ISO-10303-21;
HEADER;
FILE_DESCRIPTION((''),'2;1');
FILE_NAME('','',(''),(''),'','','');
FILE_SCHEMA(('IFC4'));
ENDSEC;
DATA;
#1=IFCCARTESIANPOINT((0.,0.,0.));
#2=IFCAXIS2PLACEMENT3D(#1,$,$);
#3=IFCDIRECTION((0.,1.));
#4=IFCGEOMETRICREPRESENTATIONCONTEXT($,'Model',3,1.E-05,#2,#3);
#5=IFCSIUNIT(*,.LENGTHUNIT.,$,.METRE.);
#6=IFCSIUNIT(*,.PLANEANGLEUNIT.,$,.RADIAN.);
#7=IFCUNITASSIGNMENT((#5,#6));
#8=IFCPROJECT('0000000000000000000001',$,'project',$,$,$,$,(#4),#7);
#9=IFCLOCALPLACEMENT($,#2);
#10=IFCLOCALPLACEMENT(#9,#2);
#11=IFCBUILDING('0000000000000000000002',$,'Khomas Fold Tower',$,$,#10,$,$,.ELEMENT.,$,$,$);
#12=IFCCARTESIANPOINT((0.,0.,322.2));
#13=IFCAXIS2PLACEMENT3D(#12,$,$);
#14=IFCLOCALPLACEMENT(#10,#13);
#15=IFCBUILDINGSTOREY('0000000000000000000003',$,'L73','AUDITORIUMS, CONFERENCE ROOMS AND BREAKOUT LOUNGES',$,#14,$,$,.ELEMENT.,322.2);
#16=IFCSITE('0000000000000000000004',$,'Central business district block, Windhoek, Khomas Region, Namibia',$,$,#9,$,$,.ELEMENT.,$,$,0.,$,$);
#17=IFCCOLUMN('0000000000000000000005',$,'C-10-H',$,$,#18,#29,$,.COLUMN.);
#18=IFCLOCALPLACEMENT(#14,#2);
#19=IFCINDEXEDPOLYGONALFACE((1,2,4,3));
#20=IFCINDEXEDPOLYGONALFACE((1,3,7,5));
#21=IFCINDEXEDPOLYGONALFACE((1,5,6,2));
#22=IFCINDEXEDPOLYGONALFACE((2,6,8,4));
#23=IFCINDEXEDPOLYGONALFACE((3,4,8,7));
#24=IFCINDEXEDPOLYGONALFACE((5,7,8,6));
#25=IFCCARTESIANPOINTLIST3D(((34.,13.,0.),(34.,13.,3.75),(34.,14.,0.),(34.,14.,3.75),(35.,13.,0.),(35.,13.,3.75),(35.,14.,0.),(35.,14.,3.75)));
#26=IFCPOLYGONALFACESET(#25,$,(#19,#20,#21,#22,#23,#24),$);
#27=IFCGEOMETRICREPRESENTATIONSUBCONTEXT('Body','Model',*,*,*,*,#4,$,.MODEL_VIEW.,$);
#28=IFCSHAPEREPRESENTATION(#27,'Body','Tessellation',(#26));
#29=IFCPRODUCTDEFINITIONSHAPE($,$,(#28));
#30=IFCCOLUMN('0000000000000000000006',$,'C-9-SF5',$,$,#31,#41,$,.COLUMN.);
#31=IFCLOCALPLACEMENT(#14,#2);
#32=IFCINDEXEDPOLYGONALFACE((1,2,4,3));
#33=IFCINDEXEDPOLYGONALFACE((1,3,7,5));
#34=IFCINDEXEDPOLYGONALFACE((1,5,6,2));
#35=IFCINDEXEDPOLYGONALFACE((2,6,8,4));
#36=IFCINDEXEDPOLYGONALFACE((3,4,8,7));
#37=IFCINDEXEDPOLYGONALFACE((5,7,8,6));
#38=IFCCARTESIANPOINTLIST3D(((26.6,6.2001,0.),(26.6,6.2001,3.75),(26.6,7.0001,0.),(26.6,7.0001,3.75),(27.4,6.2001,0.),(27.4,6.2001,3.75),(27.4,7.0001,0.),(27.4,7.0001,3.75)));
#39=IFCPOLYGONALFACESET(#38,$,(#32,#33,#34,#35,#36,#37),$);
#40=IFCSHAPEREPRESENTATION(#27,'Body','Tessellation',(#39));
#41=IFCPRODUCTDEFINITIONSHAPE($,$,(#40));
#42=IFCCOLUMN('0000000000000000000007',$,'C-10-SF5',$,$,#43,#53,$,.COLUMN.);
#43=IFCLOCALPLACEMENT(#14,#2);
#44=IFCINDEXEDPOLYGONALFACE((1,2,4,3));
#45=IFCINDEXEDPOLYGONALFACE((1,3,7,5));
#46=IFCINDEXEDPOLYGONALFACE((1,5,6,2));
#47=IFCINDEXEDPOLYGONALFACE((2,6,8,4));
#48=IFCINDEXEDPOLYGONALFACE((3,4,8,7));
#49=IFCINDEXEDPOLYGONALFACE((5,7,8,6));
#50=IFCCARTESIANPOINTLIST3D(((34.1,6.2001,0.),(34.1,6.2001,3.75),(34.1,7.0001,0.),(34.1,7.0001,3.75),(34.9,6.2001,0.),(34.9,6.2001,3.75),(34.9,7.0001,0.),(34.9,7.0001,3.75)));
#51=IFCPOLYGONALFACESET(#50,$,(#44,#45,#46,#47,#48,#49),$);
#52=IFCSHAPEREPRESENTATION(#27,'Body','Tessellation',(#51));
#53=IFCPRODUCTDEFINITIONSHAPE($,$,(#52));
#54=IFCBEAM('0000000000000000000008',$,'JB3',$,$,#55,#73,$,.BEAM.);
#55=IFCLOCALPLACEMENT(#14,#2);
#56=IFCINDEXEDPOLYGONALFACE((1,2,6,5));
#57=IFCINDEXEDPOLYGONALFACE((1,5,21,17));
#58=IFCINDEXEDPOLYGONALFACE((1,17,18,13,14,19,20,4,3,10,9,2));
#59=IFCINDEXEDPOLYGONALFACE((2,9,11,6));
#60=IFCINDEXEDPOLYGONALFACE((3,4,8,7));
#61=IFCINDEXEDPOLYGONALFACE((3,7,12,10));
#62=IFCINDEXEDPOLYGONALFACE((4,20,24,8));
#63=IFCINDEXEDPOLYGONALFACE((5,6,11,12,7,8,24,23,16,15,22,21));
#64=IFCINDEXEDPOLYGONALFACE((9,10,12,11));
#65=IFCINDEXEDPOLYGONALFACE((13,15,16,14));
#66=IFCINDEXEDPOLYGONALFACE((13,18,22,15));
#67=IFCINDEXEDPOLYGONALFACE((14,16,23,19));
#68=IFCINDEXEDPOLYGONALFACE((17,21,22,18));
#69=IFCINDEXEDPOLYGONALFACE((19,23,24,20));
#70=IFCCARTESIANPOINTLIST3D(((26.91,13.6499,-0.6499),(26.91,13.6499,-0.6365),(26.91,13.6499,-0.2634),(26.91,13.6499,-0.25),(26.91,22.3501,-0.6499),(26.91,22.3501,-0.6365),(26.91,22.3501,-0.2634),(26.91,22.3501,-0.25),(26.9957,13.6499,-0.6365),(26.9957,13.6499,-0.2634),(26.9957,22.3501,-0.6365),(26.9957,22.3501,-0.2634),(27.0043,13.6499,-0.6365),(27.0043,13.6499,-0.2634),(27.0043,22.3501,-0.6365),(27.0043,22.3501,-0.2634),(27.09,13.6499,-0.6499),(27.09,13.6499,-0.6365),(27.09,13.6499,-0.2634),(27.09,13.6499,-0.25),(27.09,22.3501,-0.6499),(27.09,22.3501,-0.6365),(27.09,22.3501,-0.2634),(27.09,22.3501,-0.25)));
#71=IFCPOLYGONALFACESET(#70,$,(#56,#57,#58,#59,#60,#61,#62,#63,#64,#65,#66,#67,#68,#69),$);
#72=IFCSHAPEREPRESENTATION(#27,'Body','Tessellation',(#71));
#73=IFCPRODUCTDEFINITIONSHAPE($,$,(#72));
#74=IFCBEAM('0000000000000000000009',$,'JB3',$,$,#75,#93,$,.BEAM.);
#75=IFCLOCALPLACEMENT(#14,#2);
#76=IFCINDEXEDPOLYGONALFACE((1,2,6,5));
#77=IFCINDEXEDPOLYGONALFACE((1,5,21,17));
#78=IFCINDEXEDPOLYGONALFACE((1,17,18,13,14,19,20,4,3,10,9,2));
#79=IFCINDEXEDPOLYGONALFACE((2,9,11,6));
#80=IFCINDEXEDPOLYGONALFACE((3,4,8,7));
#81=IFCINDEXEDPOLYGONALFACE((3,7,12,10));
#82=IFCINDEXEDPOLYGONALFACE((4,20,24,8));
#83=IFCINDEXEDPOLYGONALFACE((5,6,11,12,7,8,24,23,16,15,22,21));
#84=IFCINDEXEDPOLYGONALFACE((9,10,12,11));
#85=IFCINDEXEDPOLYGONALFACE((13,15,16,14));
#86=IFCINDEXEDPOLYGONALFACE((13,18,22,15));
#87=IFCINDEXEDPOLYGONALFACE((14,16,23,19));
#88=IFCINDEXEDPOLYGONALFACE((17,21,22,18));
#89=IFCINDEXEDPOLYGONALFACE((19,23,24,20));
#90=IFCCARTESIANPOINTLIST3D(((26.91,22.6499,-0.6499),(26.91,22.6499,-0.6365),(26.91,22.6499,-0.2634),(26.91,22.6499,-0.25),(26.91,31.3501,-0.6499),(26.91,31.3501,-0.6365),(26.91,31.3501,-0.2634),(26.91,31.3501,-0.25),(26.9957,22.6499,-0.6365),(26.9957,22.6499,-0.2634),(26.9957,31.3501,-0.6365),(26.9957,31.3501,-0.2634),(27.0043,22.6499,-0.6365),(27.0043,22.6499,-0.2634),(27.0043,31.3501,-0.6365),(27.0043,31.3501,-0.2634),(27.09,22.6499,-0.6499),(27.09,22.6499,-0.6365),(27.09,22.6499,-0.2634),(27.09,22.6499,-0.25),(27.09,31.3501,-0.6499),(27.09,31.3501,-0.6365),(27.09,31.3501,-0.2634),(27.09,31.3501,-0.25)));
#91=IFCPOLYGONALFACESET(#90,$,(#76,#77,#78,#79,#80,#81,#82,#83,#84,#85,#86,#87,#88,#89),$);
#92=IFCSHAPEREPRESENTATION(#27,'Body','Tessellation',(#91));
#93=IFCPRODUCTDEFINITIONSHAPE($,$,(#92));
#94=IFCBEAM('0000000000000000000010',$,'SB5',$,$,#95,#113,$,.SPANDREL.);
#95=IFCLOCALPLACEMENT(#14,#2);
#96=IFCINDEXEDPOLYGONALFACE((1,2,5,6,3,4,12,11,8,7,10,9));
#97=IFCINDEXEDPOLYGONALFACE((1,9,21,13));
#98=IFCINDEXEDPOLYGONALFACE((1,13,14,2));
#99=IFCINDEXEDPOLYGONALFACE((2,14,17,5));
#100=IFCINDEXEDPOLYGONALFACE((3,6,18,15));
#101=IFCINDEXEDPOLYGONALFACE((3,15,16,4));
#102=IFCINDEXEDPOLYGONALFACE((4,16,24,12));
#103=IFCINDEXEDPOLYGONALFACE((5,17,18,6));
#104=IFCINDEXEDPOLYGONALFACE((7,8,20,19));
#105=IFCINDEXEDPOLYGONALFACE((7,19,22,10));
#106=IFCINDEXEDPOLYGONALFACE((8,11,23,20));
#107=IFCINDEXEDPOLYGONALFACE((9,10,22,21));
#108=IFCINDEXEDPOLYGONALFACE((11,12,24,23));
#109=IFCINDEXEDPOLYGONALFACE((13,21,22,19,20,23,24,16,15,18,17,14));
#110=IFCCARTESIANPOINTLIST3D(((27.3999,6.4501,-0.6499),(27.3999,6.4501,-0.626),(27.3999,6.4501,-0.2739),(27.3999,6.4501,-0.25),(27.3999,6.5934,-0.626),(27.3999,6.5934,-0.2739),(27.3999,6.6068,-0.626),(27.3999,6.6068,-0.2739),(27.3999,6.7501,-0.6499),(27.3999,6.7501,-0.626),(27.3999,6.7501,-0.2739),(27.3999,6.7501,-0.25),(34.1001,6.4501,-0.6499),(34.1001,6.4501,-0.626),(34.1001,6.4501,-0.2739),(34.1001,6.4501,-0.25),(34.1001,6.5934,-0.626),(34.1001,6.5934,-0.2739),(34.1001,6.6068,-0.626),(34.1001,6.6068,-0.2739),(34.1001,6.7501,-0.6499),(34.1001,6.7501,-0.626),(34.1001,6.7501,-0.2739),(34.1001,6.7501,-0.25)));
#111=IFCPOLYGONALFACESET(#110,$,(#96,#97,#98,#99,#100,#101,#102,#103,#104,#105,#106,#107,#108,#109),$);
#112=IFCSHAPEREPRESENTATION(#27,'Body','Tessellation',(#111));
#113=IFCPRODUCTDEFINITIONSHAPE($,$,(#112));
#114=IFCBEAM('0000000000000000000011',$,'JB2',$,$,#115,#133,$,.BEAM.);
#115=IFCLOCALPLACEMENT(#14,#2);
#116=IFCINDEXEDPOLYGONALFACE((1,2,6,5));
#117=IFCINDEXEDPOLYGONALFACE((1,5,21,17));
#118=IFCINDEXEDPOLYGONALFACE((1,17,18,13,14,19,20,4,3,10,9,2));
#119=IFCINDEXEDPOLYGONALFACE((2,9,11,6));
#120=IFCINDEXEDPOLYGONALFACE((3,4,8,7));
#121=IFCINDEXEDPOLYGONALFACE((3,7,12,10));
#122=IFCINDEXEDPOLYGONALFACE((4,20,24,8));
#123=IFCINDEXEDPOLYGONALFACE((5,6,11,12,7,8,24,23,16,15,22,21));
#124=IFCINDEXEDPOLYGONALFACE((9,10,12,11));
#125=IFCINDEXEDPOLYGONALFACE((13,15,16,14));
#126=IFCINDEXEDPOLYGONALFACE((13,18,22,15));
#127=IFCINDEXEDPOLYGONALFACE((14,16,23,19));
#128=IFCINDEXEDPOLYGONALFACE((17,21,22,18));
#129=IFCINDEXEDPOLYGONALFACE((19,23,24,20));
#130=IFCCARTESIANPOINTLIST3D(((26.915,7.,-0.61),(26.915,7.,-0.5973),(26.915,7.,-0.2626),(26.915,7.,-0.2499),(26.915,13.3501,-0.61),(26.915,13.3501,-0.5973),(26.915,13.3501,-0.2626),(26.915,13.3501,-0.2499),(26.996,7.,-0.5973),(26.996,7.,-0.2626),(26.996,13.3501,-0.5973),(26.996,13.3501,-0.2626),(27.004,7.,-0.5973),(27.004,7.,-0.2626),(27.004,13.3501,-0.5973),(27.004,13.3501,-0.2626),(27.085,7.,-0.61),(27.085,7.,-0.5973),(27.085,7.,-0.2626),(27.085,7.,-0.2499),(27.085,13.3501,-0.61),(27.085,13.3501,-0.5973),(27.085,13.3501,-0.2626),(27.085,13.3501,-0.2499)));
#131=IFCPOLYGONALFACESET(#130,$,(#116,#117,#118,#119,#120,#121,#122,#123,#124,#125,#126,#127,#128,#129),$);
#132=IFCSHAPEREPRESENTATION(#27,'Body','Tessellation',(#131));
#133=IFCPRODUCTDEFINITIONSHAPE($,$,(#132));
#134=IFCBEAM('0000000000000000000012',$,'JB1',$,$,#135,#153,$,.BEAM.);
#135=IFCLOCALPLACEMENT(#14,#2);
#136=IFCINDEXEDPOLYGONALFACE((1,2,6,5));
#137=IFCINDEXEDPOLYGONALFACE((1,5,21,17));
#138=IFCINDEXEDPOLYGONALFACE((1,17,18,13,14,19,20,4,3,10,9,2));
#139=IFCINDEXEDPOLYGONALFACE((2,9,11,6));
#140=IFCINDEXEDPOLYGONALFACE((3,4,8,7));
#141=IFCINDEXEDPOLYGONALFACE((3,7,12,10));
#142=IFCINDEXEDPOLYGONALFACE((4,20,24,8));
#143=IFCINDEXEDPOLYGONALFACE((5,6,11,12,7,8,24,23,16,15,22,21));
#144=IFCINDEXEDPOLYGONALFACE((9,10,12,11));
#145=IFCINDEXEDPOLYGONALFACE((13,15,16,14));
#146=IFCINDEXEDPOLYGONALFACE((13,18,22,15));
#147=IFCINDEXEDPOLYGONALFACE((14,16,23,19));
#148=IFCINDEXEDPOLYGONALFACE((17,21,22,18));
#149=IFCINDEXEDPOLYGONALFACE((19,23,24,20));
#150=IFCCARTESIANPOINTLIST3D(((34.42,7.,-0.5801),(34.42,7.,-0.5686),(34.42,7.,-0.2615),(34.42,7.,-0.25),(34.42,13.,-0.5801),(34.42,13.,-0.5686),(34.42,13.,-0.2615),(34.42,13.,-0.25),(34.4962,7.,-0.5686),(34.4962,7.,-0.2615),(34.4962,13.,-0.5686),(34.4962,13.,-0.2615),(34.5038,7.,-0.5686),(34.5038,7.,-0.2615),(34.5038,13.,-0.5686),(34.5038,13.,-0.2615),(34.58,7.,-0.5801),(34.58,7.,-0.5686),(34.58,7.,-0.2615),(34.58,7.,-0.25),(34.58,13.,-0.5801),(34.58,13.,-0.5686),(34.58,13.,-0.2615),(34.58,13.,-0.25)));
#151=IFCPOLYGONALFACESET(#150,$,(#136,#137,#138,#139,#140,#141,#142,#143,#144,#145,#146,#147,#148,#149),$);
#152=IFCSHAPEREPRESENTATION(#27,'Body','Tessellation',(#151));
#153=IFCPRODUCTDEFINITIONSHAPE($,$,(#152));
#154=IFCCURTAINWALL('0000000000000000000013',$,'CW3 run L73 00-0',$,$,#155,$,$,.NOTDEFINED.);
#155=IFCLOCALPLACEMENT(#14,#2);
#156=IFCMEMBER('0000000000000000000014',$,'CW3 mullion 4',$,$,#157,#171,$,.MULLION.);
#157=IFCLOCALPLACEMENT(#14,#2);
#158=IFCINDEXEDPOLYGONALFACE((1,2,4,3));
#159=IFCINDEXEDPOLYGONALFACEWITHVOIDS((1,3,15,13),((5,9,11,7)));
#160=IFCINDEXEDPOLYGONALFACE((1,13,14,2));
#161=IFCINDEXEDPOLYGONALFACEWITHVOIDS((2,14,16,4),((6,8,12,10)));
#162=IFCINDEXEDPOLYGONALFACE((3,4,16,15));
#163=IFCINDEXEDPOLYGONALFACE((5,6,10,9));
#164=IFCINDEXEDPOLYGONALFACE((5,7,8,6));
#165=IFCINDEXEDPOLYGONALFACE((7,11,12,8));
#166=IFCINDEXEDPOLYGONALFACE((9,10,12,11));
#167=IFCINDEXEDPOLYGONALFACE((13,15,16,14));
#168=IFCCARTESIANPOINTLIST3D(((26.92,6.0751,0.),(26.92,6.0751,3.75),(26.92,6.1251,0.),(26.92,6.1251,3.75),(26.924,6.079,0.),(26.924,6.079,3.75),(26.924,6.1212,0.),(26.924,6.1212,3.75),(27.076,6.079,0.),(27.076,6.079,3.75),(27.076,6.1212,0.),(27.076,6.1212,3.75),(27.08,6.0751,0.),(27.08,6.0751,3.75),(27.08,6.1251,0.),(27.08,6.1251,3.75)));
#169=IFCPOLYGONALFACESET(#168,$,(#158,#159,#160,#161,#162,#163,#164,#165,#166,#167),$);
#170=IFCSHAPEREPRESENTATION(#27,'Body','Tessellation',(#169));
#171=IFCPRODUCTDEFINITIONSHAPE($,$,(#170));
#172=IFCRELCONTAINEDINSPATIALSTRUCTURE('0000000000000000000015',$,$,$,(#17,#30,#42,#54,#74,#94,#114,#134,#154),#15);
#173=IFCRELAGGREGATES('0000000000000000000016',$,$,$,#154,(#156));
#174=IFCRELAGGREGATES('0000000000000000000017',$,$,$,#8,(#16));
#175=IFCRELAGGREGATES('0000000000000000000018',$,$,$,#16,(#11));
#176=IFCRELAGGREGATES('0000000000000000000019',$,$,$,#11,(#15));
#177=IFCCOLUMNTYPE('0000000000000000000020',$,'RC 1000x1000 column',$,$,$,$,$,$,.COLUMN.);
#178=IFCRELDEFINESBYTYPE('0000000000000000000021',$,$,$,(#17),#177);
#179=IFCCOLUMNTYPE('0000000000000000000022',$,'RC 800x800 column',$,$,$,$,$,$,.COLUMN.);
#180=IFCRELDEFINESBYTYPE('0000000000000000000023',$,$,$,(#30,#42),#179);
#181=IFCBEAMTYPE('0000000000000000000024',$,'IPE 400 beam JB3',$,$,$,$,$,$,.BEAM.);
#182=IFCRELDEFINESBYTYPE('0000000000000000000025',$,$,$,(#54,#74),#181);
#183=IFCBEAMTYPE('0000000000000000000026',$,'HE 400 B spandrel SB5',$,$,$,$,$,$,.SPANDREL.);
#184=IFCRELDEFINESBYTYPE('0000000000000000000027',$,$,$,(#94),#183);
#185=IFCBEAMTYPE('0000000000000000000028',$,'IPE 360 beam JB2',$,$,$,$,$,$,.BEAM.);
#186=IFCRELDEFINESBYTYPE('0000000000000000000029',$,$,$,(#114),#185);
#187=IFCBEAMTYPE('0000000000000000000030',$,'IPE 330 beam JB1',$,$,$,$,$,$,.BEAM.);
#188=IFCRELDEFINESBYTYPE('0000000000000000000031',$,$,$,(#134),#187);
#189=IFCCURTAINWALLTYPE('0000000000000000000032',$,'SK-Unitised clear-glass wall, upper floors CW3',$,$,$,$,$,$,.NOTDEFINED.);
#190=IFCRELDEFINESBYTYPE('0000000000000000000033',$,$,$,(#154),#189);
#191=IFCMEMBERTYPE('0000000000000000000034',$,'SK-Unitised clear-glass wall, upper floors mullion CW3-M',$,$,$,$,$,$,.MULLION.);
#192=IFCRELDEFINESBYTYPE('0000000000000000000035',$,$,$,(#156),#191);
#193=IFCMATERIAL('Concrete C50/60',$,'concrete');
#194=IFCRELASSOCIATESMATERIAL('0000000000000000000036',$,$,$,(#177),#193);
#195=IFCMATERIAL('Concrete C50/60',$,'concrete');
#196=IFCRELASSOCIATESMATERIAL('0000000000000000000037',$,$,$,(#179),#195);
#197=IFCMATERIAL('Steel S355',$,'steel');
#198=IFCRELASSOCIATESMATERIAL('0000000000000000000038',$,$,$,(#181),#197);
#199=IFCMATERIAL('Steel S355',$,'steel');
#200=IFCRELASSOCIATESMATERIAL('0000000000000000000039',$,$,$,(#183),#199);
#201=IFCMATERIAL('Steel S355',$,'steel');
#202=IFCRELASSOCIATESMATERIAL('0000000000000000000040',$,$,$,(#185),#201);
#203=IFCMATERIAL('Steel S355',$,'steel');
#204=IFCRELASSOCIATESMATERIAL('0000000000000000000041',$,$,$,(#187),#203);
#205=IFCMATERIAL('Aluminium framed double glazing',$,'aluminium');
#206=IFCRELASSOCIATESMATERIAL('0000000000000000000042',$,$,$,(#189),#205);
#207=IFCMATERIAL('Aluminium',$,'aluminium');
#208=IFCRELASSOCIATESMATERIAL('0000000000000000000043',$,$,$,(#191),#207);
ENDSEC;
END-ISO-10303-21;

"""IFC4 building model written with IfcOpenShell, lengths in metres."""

from ifc_helpers import new_model, si_unit, direction, frame, origin, origin_2d, place, context, subcontext, project, spatial, rectangle, hollow_rectangle, i_section, extrude, source, transform, mapped, material, material_profile, profile_set, type_object, element, aggregate, save


model = new_model("IFC4")

# Units and contexts
model_context = context("Model", 3, precision=1e-05, world=origin(), true_north=direction((0.0, 1.0)))
body_context = subcontext(model_context, "Body", "Model", "MODEL_VIEW")
ifc_project = project(units=[si_unit("LENGTHUNIT", "METRE"), si_unit("PLANEANGLEUNIT", "RADIAN")], contexts=[model_context])

# Site, building, storey
site_placement = place(None, origin())
site = spatial("IfcSite", under=ifc_project, at=site_placement, Name="Central business district block, Windhoek, Khomas Region, Namibia", CompositionType="ELEMENT", RefElevation=0.0)
building_placement = place(site_placement, origin())
building = spatial("IfcBuilding", under=site, at=building_placement, Name="Khomas Fold Tower", CompositionType="ELEMENT")
storey_placement = place(building_placement, frame((0.0, 0.0, 322.2)))
storey = spatial("IfcBuildingStorey", under=building, at=storey_placement, Name="L73", Description="AUDITORIUMS, CONFERENCE ROOMS AND BREAKOUT LOUNGES", CompositionType="ELEMENT", Elevation=322.2)

# Columns
ifc_material_1 = material(Name="Concrete C50/60", Category="concrete")
ifc_material_profile_1 = material_profile(ifc_material_1, rectangle(XDim=1.0, YDim=1.0, at=origin_2d()), Name="RC 1000x1000")
ifc_profile_set_1 = profile_set([ifc_material_profile_1], Name="Concrete C50/60")
column_type_1 = type_object("IfcColumnType", Name="RC 1000x1000 column", PredefinedType="COLUMN", material=ifc_profile_set_1)
shared_shape_1 = source(origin(), body_context, "Body", "SweptSolid", [
    extrude(rectangle(XDim=1.0, YDim=1.0, at=origin_2d()), origin(), (0.0, 0.0, 1.0), 3.75),
])
column_placement = place(storey_placement, frame((34.5, 13.5, 0.0), z_axis=(0.0, 0.0, 1.0), x_axis=(1.0, 0.0, 0.0)))
element("IfcColumn", 1, at=column_placement, inside=storey, type_object=column_type_1, Name="C-10-H", PredefinedType="COLUMN", context=body_context, shape_type="MappedRepresentation", body=[
    mapped(shared_shape_1, transform((0.0, 0.0, 0.0))),
])
ifc_material_2 = material(Name="Concrete C50/60", Category="concrete")
ifc_material_profile_2 = material_profile(ifc_material_2, rectangle(XDim=0.8, YDim=0.8, at=origin_2d()), Name="RC 800x800")
ifc_profile_set_2 = profile_set([ifc_material_profile_2], Name="Concrete C50/60")
column_type_2 = type_object("IfcColumnType", Name="RC 800x800 column", PredefinedType="COLUMN", material=ifc_profile_set_2)
shared_shape_2 = source(origin(), body_context, "Body", "SweptSolid", [
    extrude(rectangle(XDim=0.8, YDim=0.8, at=origin_2d()), origin(), (0.0, 0.0, 1.0), 3.75),
])
for number, where, z_axis, x_axis, name in (
    (2, (27.0, 6.6001, 0.0), (0.0, 0.0, 1.0), (1.0, 0.0, 0.0), "C-9-SF5"),
    (3, (34.5, 6.6001, 0.0), (0.0, 0.0, 1.0), (1.0, 0.0, 0.0), "C-10-SF5"),
):
    element("IfcColumn", number, at=place(storey_placement, frame(where, z_axis=z_axis, x_axis=x_axis)), inside=storey, type_object=column_type_2, Name=name, PredefinedType="COLUMN", context=body_context, shape_type="MappedRepresentation", body=[
        mapped(shared_shape_2, transform((0.0, 0.0, 0.0))),
    ])

# Beams
ifc_material_3 = material(Name="Steel S355", Category="steel")
ifc_material_profile_3 = material_profile(ifc_material_3, i_section(OverallWidth=0.1799, OverallDepth=0.3999, WebThickness=0.0085, FlangeThickness=0.0134, at=origin_2d()), Name="IPE 400")
ifc_profile_set_3 = profile_set([ifc_material_profile_3], Name="Steel S355")
beam_type_1 = type_object("IfcBeamType", Name="IPE 400 beam JB3", PredefinedType="BEAM", material=ifc_profile_set_3)
shared_shape_3 = source(origin(), body_context, "Body", "SweptSolid", [
    extrude(i_section(OverallWidth=0.1799, OverallDepth=0.3999, WebThickness=0.0085, FlangeThickness=0.0134, at=origin_2d()), origin(), (0.0, 0.0, 1.0), 8.7002),
])
for number, where, z_axis, x_axis, name in (
    (4, (27.0, 13.6499, -0.45), (0.0, 1.0, 0.0), (-1.0, 0.0, 0.0), "JB3"),
    (5, (27.0, 22.6499, -0.45), (0.0, 1.0, 0.0), (-1.0, 0.0, 0.0), "JB3"),
):
    element("IfcBeam", number, at=place(storey_placement, frame(where, z_axis=z_axis, x_axis=x_axis)), inside=storey, type_object=beam_type_1, Name=name, PredefinedType="BEAM", context=body_context, shape_type="MappedRepresentation", body=[
        mapped(shared_shape_3, transform((0.0, 0.0, 0.0))),
    ])
ifc_material_4 = material(Name="Steel S355", Category="steel")
ifc_material_profile_4 = material_profile(ifc_material_4, i_section(OverallWidth=0.3, OverallDepth=0.3999, WebThickness=0.0134, FlangeThickness=0.0239, at=origin_2d()), Name="HE 400 B")
ifc_profile_set_4 = profile_set([ifc_material_profile_4], Name="Steel S355")
beam_type_2 = type_object("IfcBeamType", Name="HE 400 B spandrel SB5", PredefinedType="SPANDREL", material=ifc_profile_set_4)
shared_shape_4 = source(origin(), body_context, "Body", "SweptSolid", [
    extrude(i_section(OverallWidth=0.3, OverallDepth=0.3999, WebThickness=0.0134, FlangeThickness=0.0239, at=origin_2d()), origin(), (0.0, 0.0, 1.0), 6.7002),
])
beam_1_placement = place(storey_placement, frame((27.3999, 6.6001, -0.45), z_axis=(1.0, 0.0, 0.0), x_axis=(0.0, 1.0, 0.0)))
element("IfcBeam", 6, at=beam_1_placement, inside=storey, type_object=beam_type_2, Name="SB5", PredefinedType="SPANDREL", context=body_context, shape_type="MappedRepresentation", body=[
    mapped(shared_shape_4, transform((0.0, 0.0, 0.0))),
])
ifc_material_5 = material(Name="Steel S355", Category="steel")
ifc_material_profile_5 = material_profile(ifc_material_5, i_section(OverallWidth=0.1699, OverallDepth=0.3601, WebThickness=0.0081, FlangeThickness=0.0127, at=origin_2d()), Name="IPE 360")
ifc_profile_set_5 = profile_set([ifc_material_profile_5], Name="Steel S355")
beam_type_3 = type_object("IfcBeamType", Name="IPE 360 beam JB2", PredefinedType="BEAM", material=ifc_profile_set_5)
shared_shape_5 = source(origin(), body_context, "Body", "SweptSolid", [
    extrude(i_section(OverallWidth=0.1699, OverallDepth=0.3601, WebThickness=0.0081, FlangeThickness=0.0127, at=origin_2d()), origin(), (0.0, 0.0, 1.0), 6.3501),
])
beam_2_placement = place(storey_placement, frame((27.0, 7.0, -0.4299), z_axis=(0.0, 1.0, 0.0), x_axis=(-1.0, 0.0, 0.0)))
element("IfcBeam", 7, at=beam_2_placement, inside=storey, type_object=beam_type_3, Name="JB2", PredefinedType="BEAM", context=body_context, shape_type="MappedRepresentation", body=[
    mapped(shared_shape_5, transform((0.0, 0.0, 0.0))),
])
ifc_material_6 = material(Name="Steel S355", Category="steel")
ifc_material_profile_6 = material_profile(ifc_material_6, i_section(OverallWidth=0.1599, OverallDepth=0.3301, WebThickness=0.0076, FlangeThickness=0.0115, at=origin_2d()), Name="IPE 330")
ifc_profile_set_6 = profile_set([ifc_material_profile_6], Name="Steel S355")
beam_type_4 = type_object("IfcBeamType", Name="IPE 330 beam JB1", PredefinedType="BEAM", material=ifc_profile_set_6)
shared_shape_6 = source(origin(), body_context, "Body", "SweptSolid", [
    extrude(i_section(OverallWidth=0.1599, OverallDepth=0.3301, WebThickness=0.0076, FlangeThickness=0.0115, at=origin_2d()), origin(), (0.0, 0.0, 1.0), 6.0),
])
beam_3_placement = place(storey_placement, frame((34.5, 7.0, -0.415), z_axis=(0.0, 1.0, 0.0), x_axis=(-1.0, 0.0, 0.0)))
element("IfcBeam", 8, at=beam_3_placement, inside=storey, type_object=beam_type_4, Name="JB1", PredefinedType="BEAM", context=body_context, shape_type="MappedRepresentation", body=[
    mapped(shared_shape_6, transform((0.0, 0.0, 0.0))),
])

# Curtain wall, member
ifc_material_7 = material(Name="Aluminium framed double glazing", Category="aluminium")
curtain_wall_type = type_object("IfcCurtainWallType", Name="SK-Unitised clear-glass wall, upper floors CW3", PredefinedType="NOTDEFINED", material=ifc_material_7)
curtain_wall_placement = place(storey_placement, origin())
curtain_wall = element("IfcCurtainWall", 9, at=curtain_wall_placement, inside=storey, type_object=curtain_wall_type, Name="CW3 run L73 00-0", PredefinedType="NOTDEFINED")
ifc_material_8 = material(Name="Aluminium", Category="aluminium")
ifc_material_profile_7 = material_profile(ifc_material_8, hollow_rectangle(XDim=0.05, YDim=0.1599, WallThickness=0.0039, at=origin_2d()), Name="SK-Unitised clear-glass wall, upper floors mullion CW3-M")
ifc_profile_set_7 = profile_set([ifc_material_profile_7], Name="Aluminium")
member_type_1 = type_object("IfcMemberType", Name="SK-Unitised clear-glass wall, upper floors mullion CW3-M", PredefinedType="MULLION", material=ifc_profile_set_7)
shared_shape_7 = source(origin(), body_context, "Body", "SweptSolid", [
    extrude(hollow_rectangle(XDim=0.05, YDim=0.1599, WallThickness=0.0039, at=origin_2d()), origin(), (0.0, 0.0, 1.0), 3.75),
])
member_1_placement = place(storey_placement, frame((27.0, 6.1001, 0.0), z_axis=(0.0, 0.0, 1.0), x_axis=(0.0, 1.0, 0.0)))
member_1 = element("IfcMember", 10, at=member_1_placement, type_object=member_type_1, Name="CW3 mullion 4", PredefinedType="MULLION", context=body_context, shape_type="MappedRepresentation", body=[
    mapped(shared_shape_7, transform((0.0, 0.0, 0.0))),
])
aggregate(curtain_wall, [member_1])

save(model, "model.ifc")
